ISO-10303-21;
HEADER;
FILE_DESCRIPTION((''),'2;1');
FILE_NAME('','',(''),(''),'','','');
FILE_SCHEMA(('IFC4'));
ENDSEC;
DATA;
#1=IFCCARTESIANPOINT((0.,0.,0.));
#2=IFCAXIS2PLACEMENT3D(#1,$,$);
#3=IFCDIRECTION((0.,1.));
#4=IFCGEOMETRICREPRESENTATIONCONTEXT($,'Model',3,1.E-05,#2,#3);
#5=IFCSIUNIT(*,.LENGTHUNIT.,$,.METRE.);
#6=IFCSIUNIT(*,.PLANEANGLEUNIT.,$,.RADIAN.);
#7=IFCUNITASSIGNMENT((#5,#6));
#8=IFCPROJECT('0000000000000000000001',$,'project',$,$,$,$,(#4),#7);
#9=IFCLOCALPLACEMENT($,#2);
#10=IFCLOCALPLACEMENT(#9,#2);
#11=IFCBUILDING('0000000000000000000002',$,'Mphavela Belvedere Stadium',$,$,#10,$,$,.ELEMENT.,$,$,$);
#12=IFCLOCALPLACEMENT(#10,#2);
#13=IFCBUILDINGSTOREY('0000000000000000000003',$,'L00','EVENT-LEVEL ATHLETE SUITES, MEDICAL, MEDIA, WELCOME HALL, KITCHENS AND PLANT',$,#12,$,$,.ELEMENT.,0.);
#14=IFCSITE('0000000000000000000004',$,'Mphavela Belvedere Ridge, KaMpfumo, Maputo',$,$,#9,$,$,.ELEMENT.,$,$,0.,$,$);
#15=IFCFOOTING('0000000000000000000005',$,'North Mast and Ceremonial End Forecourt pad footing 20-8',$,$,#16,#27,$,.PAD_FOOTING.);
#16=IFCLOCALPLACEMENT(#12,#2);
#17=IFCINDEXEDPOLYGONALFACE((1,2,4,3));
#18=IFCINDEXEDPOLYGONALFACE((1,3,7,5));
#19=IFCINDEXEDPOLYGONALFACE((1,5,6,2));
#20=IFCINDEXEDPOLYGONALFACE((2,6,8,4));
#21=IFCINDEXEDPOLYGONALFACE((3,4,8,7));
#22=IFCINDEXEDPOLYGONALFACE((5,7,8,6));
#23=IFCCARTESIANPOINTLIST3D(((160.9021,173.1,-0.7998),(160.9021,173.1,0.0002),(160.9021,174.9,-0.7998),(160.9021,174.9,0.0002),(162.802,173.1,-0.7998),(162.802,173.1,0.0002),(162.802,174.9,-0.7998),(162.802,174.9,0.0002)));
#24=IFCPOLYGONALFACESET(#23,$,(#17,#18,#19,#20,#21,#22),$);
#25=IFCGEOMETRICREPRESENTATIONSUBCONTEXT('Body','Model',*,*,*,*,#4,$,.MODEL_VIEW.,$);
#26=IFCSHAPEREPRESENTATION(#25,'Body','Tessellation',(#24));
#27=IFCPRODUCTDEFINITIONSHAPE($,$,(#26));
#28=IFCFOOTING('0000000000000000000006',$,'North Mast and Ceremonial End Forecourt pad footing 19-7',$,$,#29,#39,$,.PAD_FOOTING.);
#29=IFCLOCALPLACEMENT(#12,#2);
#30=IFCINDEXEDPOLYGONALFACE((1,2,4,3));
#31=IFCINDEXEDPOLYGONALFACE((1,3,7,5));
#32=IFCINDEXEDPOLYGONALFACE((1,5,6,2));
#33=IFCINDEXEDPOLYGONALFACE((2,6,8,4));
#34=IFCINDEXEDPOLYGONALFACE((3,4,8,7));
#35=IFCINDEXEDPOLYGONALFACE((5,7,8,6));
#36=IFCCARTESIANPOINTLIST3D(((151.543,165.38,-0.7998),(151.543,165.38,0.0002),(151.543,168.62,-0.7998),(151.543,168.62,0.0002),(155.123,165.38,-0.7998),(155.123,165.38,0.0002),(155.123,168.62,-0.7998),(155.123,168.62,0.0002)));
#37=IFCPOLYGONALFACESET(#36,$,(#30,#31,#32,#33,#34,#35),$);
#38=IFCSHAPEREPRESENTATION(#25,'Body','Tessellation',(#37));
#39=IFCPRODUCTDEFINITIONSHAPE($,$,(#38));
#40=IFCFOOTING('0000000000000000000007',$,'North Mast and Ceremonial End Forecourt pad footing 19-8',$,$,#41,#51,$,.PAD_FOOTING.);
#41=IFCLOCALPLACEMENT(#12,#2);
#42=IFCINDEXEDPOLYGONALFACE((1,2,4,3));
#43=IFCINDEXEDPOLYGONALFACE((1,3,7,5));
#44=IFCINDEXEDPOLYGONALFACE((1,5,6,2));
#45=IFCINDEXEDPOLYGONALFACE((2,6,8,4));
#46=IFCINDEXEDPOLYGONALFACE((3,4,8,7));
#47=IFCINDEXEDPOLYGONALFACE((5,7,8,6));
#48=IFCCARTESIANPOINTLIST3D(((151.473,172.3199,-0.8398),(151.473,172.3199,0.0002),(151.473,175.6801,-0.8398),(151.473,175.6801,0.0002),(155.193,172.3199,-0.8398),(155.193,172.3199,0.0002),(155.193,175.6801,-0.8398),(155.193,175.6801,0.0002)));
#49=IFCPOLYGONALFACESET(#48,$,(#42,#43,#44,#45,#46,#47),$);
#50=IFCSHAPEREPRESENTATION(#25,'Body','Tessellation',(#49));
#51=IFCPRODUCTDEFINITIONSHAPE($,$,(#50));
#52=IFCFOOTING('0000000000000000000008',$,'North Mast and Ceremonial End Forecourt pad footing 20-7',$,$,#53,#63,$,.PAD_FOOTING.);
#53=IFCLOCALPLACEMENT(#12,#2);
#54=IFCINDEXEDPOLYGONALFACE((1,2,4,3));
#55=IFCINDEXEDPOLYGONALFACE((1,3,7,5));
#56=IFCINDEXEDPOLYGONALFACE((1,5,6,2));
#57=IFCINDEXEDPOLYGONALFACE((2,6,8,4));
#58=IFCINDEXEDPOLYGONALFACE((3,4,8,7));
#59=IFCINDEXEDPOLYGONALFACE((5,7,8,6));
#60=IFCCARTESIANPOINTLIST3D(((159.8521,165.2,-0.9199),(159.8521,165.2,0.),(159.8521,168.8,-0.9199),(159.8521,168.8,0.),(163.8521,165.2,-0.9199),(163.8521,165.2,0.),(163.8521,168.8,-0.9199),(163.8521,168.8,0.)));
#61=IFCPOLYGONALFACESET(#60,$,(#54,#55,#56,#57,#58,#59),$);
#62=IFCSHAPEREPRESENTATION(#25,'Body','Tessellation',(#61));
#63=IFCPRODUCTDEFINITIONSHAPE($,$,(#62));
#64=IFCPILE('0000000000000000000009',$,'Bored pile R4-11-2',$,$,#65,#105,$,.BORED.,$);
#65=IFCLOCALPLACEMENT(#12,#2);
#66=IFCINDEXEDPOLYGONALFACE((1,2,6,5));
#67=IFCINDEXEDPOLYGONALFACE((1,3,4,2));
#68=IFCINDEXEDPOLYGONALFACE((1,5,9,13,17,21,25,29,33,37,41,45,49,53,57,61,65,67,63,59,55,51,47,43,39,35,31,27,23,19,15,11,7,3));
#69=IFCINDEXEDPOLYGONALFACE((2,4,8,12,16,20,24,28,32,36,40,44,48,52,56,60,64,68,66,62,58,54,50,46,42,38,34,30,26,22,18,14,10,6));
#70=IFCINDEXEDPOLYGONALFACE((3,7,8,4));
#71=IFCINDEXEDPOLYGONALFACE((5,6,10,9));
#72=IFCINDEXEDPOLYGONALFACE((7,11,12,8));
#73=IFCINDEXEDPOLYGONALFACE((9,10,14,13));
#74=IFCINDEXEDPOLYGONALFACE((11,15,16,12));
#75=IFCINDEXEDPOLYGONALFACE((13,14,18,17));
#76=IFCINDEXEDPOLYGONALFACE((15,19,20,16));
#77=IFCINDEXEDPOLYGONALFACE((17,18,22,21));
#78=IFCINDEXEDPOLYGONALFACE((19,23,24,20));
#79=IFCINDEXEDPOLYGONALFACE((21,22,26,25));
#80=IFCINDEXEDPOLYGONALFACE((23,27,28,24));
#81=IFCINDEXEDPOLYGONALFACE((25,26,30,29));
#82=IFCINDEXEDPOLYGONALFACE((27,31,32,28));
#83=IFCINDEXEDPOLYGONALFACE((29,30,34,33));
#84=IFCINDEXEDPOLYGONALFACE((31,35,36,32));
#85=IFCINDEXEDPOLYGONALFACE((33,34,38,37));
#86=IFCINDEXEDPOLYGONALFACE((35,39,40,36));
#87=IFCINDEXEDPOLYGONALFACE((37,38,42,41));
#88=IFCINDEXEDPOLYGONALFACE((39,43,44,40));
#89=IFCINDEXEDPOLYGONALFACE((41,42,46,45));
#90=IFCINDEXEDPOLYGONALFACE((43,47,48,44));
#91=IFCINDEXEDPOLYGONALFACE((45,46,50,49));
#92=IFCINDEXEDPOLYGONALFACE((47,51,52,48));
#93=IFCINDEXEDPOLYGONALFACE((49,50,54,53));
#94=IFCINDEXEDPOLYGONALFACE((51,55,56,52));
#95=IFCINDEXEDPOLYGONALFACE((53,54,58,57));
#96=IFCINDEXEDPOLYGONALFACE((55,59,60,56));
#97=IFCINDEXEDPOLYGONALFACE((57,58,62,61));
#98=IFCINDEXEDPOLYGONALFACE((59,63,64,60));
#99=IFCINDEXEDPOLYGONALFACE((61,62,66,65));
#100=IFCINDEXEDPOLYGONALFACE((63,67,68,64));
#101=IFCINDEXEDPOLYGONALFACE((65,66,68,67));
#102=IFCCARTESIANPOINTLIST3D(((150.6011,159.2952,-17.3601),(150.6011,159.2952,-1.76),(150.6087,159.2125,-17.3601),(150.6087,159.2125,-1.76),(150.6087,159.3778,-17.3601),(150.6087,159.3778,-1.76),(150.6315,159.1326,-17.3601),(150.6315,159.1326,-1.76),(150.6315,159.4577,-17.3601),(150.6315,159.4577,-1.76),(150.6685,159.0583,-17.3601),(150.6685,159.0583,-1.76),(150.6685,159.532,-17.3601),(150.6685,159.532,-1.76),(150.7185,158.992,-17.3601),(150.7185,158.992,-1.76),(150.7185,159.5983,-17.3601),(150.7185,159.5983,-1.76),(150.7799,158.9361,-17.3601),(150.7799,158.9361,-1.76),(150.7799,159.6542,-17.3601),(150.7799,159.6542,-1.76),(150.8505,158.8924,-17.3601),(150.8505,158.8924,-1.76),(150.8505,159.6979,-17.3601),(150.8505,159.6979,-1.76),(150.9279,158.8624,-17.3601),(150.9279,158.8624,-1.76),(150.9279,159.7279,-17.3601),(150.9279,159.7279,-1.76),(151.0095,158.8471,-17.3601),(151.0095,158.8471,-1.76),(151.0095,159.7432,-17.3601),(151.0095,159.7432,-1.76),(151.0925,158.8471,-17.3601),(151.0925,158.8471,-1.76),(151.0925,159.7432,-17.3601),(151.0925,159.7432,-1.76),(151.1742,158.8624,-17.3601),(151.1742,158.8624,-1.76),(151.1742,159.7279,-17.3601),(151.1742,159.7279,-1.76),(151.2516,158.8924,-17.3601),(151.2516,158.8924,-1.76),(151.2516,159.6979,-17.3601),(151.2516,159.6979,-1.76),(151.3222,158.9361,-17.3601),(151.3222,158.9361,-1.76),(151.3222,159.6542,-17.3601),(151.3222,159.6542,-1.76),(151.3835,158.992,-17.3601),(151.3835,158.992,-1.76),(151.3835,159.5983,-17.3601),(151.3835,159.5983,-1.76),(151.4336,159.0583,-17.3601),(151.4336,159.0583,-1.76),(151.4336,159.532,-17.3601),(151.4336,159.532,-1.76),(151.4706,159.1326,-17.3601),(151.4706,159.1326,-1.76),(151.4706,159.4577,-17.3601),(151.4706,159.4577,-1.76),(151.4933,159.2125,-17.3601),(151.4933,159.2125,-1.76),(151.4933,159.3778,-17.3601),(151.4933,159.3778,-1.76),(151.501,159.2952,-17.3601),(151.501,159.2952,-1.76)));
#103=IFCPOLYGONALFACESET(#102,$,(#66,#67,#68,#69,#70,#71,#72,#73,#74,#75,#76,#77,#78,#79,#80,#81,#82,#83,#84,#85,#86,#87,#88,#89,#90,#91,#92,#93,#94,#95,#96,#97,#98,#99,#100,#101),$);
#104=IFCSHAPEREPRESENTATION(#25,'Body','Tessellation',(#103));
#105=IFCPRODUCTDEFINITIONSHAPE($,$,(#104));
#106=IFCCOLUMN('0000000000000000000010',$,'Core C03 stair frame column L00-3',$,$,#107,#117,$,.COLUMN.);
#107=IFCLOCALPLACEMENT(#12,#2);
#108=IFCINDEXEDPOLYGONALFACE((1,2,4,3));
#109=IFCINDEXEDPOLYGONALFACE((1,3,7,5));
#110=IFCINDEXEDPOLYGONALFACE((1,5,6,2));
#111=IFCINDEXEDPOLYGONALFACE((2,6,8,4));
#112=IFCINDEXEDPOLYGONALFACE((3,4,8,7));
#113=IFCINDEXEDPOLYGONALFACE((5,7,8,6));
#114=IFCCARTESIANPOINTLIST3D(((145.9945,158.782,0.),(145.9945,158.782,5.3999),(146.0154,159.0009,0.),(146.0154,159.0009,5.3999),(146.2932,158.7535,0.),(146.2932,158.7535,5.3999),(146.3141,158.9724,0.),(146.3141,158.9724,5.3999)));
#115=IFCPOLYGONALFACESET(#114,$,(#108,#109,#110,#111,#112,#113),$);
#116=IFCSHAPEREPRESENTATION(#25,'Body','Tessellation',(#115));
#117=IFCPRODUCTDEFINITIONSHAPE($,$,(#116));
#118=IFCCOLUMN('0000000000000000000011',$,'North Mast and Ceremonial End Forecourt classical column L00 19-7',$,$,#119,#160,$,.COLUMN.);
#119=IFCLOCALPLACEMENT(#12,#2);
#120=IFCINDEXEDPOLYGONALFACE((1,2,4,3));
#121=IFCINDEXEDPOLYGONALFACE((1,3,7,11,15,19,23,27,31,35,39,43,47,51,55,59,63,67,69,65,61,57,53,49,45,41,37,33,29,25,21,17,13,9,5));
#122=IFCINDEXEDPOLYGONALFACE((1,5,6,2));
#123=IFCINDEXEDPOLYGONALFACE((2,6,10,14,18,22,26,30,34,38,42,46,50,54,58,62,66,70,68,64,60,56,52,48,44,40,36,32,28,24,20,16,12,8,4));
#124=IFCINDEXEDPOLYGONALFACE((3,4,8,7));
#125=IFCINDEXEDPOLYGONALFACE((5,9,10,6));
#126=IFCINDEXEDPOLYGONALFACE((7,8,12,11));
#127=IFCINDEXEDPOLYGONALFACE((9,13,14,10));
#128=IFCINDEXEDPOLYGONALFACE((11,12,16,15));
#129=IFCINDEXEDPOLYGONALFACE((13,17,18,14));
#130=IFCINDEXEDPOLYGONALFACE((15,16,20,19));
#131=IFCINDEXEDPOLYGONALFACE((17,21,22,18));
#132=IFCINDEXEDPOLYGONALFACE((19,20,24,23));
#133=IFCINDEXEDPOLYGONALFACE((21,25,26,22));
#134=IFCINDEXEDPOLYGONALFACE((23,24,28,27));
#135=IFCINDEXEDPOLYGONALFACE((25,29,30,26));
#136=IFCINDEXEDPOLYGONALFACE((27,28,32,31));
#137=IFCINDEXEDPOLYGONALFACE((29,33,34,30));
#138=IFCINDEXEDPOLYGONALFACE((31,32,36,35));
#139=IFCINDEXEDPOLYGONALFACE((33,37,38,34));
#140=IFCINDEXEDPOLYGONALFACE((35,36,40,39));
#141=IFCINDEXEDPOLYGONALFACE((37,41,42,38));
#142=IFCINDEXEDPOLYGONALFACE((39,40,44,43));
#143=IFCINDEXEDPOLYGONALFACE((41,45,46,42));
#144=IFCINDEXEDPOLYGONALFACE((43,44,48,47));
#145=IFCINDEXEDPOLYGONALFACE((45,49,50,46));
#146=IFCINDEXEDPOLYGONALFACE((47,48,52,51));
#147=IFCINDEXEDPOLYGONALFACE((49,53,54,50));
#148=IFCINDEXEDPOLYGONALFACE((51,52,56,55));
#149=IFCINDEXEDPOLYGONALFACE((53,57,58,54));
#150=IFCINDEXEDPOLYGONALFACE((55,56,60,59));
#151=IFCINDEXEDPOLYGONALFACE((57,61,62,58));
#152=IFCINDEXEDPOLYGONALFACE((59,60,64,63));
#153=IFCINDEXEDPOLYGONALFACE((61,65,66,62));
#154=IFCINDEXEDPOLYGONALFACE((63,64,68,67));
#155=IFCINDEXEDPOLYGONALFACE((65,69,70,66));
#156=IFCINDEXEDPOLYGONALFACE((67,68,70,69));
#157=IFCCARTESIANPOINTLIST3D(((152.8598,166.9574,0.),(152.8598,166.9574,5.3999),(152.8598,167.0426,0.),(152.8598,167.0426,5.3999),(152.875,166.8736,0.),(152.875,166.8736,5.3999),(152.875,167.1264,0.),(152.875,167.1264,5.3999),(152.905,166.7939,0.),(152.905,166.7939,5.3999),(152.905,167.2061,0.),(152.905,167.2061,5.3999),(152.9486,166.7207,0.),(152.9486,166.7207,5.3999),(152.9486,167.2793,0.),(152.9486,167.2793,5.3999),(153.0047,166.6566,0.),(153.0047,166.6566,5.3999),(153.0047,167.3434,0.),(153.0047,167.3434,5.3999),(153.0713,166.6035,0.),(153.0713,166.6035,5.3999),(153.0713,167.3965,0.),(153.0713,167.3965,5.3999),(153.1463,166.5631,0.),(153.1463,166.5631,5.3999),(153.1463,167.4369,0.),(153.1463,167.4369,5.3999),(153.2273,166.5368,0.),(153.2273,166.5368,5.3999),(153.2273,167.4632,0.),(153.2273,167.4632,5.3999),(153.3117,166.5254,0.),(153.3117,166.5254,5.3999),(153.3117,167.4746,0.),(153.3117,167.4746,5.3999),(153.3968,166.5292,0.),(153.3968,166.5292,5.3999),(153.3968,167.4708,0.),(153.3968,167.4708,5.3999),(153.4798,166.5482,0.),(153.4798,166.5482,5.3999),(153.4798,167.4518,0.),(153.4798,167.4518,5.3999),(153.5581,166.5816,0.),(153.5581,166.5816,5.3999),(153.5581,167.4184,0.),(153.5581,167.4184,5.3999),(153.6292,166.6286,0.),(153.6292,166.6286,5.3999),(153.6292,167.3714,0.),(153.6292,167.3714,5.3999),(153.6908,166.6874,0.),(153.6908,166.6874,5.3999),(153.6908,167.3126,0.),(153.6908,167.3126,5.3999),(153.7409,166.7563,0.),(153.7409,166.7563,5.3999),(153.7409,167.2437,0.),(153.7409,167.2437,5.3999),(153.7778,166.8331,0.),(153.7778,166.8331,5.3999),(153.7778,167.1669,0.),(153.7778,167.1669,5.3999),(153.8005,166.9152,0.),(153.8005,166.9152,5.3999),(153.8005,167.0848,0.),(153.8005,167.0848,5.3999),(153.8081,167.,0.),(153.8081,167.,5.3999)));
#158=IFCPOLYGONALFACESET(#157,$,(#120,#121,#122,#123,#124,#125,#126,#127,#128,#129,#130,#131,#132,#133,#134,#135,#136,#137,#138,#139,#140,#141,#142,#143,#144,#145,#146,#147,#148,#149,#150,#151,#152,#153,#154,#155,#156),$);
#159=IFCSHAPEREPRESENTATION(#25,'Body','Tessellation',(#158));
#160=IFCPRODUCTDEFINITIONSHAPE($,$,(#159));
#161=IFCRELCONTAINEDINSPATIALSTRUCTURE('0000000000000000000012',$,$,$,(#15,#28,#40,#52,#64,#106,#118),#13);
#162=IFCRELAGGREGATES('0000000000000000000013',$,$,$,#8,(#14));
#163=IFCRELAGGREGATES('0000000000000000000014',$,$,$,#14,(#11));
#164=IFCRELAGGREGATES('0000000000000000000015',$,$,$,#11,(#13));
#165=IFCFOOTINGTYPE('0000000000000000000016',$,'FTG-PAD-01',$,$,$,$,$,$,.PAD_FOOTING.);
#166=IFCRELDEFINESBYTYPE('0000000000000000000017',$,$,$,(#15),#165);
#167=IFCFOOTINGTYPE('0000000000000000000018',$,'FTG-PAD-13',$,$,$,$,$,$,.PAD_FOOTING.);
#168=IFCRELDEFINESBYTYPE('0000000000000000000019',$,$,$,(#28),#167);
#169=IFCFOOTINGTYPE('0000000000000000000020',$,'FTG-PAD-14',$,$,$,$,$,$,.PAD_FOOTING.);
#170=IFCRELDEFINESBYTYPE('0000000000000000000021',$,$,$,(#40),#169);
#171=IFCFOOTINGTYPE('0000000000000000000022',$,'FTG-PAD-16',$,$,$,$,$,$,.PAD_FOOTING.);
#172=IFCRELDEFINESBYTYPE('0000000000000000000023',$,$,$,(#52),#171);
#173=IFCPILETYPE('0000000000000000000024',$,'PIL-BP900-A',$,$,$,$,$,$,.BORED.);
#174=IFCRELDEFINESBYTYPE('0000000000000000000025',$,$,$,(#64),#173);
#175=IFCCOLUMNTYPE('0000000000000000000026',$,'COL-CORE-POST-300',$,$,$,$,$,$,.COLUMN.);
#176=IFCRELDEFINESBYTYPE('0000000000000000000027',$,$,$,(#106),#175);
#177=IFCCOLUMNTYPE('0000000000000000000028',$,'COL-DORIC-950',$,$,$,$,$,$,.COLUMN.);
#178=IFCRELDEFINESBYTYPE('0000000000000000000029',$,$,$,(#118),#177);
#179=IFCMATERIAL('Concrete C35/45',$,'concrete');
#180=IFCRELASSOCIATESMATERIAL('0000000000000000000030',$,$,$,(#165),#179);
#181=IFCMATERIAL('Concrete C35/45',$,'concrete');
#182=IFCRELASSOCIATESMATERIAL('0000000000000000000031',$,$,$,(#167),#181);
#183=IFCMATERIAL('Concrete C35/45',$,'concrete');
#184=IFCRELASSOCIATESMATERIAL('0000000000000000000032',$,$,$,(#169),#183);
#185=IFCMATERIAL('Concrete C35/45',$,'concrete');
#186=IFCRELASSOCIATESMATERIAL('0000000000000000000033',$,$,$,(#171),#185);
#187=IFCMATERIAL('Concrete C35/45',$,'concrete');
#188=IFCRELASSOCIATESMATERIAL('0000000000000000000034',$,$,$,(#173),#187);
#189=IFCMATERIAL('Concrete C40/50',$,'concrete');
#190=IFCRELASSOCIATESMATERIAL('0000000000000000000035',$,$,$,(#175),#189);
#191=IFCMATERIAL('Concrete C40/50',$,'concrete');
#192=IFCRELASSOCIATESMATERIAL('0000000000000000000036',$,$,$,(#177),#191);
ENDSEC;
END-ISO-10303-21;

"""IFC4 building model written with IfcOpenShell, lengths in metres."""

from ifc_helpers import new_model, si_unit, direction, frame, origin, origin_2d, place, context, subcontext, project, spatial, rectangle, circle, extrude, material, material_profile, profile_set, type_object, element, save


model = new_model("IFC4")

# Units and contexts
model_context = context("Model", 3, precision=1e-05, world=origin(), true_north=direction((0.0, 1.0)))
body_context = subcontext(model_context, "Body", "Model", "MODEL_VIEW")
ifc_project = project(units=[si_unit("LENGTHUNIT", "METRE"), si_unit("PLANEANGLEUNIT", "RADIAN")], contexts=[model_context])

# Site, building, storey
site_placement = place(None, origin())
site = spatial("IfcSite", under=ifc_project, at=site_placement, Name="Mphavela Belvedere Ridge, KaMpfumo, Maputo", CompositionType="ELEMENT", RefElevation=0.0)
building_placement = place(site_placement, origin())
building = spatial("IfcBuilding", under=site, at=building_placement, Name="Mphavela Belvedere Stadium", CompositionType="ELEMENT")
storey_placement = place(building_placement, origin())
storey = spatial("IfcBuildingStorey", under=building, at=storey_placement, Name="L00", Description="EVENT-LEVEL ATHLETE SUITES, MEDICAL, MEDIA, WELCOME HALL, KITCHENS AND PLANT", CompositionType="ELEMENT", Elevation=0.0)

# Footings
ifc_material_1 = material(Name="Concrete C35/45", Category="concrete")
footing_type_1 = type_object("IfcFootingType", Name="FTG-PAD-01", PredefinedType="PAD_FOOTING", material=ifc_material_1)
footing_1_placement = place(storey_placement, frame((161.8521, 174.0, -0.7998), z_axis=(0.0, 0.0, 1.0), x_axis=(1.0, 0.0, 0.0)))
element("IfcFooting", 1, at=footing_1_placement, inside=storey, type_object=footing_type_1, Name="North Mast and Ceremonial End Forecourt pad footing 20-8", PredefinedType="PAD_FOOTING", context=body_context, shape_type="SweptSolid", body=[
    extrude(rectangle(XDim=1.8999, YDim=1.8, at=origin_2d()), origin(), (0.0, 0.0, 1.0), 0.8),
])
ifc_material_2 = material(Name="Concrete C35/45", Category="concrete")
footing_type_2 = type_object("IfcFootingType", Name="FTG-PAD-13", PredefinedType="PAD_FOOTING", material=ifc_material_2)
footing_2_placement = place(storey_placement, frame((153.333, 167.0, -0.7998), z_axis=(0.0, 0.0, 1.0), x_axis=(1.0, 0.0, 0.0)))
element("IfcFooting", 2, at=footing_2_placement, inside=storey, type_object=footing_type_2, Name="North Mast and Ceremonial End Forecourt pad footing 19-7", PredefinedType="PAD_FOOTING", context=body_context, shape_type="SweptSolid", body=[
    extrude(rectangle(XDim=3.5801, YDim=3.24, at=origin_2d()), origin(), (0.0, 0.0, 1.0), 0.8),
])
ifc_material_3 = material(Name="Concrete C35/45", Category="concrete")
footing_type_3 = type_object("IfcFootingType", Name="FTG-PAD-14", PredefinedType="PAD_FOOTING", material=ifc_material_3)
footing_3_placement = place(storey_placement, frame((153.333, 174.0, -0.8398), z_axis=(0.0, 0.0, 1.0), x_axis=(1.0, 0.0, 0.0)))
element("IfcFooting", 3, at=footing_3_placement, inside=storey, type_object=footing_type_3, Name="North Mast and Ceremonial End Forecourt pad footing 19-8", PredefinedType="PAD_FOOTING", context=body_context, shape_type="SweptSolid", body=[
    extrude(rectangle(XDim=3.72, YDim=3.3601, at=origin_2d()), origin(), (0.0, 0.0, 1.0), 0.8401),
])
ifc_material_4 = material(Name="Concrete C35/45", Category="concrete")
footing_type_4 = type_object("IfcFootingType", Name="FTG-PAD-16", PredefinedType="PAD_FOOTING", material=ifc_material_4)
footing_4_placement = place(storey_placement, frame((161.8521, 167.0, -0.9199), z_axis=(0.0, 0.0, 1.0), x_axis=(1.0, 0.0, 0.0)))
element("IfcFooting", 4, at=footing_4_placement, inside=storey, type_object=footing_type_4, Name="North Mast and Ceremonial End Forecourt pad footing 20-7", PredefinedType="PAD_FOOTING", context=body_context, shape_type="SweptSolid", body=[
    extrude(rectangle(XDim=4.0, YDim=3.6001, at=origin_2d()), origin(), (0.0, 0.0, 1.0), 0.9199),
])

# Pile
ifc_material_5 = material(Name="Concrete C35/45", Category="concrete")
ifc_material_profile_1 = material_profile(ifc_material_5, circle(Radius=0.45, at=origin_2d()), Name="BP D900")
ifc_profile_set_1 = profile_set([ifc_material_profile_1], Name="Concrete C35/45")
pile_type = type_object("IfcPileType", Name="PIL-BP900-A", PredefinedType="BORED", material=ifc_profile_set_1)
pile_placement = place(storey_placement, frame((151.051, 159.2952, -1.76), z_axis=(0.0, 0.0, -1.0), x_axis=(1.0, 0.0, 0.0)))
element("IfcPile", 5, at=pile_placement, inside=storey, type_object=pile_type, Name="Bored pile R4-11-2", PredefinedType="BORED", context=body_context, shape_type="SweptSolid", body=[
    extrude(circle(Radius=0.45, at=origin_2d()), origin(), (0.0, 0.0, 1.0), 15.6001),
])

# Columns
ifc_material_6 = material(Name="Concrete C40/50", Category="concrete")
ifc_material_profile_2 = material_profile(ifc_material_6, rectangle(XDim=0.3, YDim=0.22, at=origin_2d()), Name="RC 300x220")
ifc_profile_set_2 = profile_set([ifc_material_profile_2], Name="Concrete C40/50")
column_type_1 = type_object("IfcColumnType", Name="COL-CORE-POST-300", PredefinedType="COLUMN", material=ifc_profile_set_2)
column_1_placement = place(storey_placement, frame((146.1543, 158.8772, 0.0), z_axis=(0.0, 0.0, 1.0), x_axis=(0.995479, -0.094977, 0.0)))
element("IfcColumn", 6, at=column_1_placement, inside=storey, type_object=column_type_1, Name="Core C03 stair frame column L00-3", PredefinedType="COLUMN", context=body_context, shape_type="SweptSolid", body=[
    extrude(rectangle(XDim=0.3, YDim=0.22, at=origin_2d()), origin(), (0.0, 0.0, 1.0), 5.3999),
])
ifc_material_7 = material(Name="Concrete C40/50", Category="concrete")
ifc_material_profile_3 = material_profile(ifc_material_7, circle(Radius=0.4751, at=origin_2d()), Name="COL D950")
ifc_profile_set_3 = profile_set([ifc_material_profile_3], Name="Concrete C40/50")
column_type_2 = type_object("IfcColumnType", Name="COL-DORIC-950", PredefinedType="COLUMN", material=ifc_profile_set_3)
for number, where, z_axis, x_axis, name in (
    (7, (153.333, 167.0, 0.0), (0.0, 0.0, 1.0), (1.0, 0.0, 0.0), "North Mast and Ceremonial End Forecourt classical column L00 19-7"),
):
    element("IfcColumn", number, at=place(storey_placement, frame(where, z_axis=z_axis, x_axis=x_axis)), inside=storey, type_object=column_type_2, Name=name, PredefinedType="COLUMN", context=body_context, shape_type="SweptSolid", body=[
        extrude(circle(Radius=0.4751, at=origin_2d()), origin(), (0.0, 0.0, 1.0), 5.3999),
    ])

save(model, "model.ifc")
